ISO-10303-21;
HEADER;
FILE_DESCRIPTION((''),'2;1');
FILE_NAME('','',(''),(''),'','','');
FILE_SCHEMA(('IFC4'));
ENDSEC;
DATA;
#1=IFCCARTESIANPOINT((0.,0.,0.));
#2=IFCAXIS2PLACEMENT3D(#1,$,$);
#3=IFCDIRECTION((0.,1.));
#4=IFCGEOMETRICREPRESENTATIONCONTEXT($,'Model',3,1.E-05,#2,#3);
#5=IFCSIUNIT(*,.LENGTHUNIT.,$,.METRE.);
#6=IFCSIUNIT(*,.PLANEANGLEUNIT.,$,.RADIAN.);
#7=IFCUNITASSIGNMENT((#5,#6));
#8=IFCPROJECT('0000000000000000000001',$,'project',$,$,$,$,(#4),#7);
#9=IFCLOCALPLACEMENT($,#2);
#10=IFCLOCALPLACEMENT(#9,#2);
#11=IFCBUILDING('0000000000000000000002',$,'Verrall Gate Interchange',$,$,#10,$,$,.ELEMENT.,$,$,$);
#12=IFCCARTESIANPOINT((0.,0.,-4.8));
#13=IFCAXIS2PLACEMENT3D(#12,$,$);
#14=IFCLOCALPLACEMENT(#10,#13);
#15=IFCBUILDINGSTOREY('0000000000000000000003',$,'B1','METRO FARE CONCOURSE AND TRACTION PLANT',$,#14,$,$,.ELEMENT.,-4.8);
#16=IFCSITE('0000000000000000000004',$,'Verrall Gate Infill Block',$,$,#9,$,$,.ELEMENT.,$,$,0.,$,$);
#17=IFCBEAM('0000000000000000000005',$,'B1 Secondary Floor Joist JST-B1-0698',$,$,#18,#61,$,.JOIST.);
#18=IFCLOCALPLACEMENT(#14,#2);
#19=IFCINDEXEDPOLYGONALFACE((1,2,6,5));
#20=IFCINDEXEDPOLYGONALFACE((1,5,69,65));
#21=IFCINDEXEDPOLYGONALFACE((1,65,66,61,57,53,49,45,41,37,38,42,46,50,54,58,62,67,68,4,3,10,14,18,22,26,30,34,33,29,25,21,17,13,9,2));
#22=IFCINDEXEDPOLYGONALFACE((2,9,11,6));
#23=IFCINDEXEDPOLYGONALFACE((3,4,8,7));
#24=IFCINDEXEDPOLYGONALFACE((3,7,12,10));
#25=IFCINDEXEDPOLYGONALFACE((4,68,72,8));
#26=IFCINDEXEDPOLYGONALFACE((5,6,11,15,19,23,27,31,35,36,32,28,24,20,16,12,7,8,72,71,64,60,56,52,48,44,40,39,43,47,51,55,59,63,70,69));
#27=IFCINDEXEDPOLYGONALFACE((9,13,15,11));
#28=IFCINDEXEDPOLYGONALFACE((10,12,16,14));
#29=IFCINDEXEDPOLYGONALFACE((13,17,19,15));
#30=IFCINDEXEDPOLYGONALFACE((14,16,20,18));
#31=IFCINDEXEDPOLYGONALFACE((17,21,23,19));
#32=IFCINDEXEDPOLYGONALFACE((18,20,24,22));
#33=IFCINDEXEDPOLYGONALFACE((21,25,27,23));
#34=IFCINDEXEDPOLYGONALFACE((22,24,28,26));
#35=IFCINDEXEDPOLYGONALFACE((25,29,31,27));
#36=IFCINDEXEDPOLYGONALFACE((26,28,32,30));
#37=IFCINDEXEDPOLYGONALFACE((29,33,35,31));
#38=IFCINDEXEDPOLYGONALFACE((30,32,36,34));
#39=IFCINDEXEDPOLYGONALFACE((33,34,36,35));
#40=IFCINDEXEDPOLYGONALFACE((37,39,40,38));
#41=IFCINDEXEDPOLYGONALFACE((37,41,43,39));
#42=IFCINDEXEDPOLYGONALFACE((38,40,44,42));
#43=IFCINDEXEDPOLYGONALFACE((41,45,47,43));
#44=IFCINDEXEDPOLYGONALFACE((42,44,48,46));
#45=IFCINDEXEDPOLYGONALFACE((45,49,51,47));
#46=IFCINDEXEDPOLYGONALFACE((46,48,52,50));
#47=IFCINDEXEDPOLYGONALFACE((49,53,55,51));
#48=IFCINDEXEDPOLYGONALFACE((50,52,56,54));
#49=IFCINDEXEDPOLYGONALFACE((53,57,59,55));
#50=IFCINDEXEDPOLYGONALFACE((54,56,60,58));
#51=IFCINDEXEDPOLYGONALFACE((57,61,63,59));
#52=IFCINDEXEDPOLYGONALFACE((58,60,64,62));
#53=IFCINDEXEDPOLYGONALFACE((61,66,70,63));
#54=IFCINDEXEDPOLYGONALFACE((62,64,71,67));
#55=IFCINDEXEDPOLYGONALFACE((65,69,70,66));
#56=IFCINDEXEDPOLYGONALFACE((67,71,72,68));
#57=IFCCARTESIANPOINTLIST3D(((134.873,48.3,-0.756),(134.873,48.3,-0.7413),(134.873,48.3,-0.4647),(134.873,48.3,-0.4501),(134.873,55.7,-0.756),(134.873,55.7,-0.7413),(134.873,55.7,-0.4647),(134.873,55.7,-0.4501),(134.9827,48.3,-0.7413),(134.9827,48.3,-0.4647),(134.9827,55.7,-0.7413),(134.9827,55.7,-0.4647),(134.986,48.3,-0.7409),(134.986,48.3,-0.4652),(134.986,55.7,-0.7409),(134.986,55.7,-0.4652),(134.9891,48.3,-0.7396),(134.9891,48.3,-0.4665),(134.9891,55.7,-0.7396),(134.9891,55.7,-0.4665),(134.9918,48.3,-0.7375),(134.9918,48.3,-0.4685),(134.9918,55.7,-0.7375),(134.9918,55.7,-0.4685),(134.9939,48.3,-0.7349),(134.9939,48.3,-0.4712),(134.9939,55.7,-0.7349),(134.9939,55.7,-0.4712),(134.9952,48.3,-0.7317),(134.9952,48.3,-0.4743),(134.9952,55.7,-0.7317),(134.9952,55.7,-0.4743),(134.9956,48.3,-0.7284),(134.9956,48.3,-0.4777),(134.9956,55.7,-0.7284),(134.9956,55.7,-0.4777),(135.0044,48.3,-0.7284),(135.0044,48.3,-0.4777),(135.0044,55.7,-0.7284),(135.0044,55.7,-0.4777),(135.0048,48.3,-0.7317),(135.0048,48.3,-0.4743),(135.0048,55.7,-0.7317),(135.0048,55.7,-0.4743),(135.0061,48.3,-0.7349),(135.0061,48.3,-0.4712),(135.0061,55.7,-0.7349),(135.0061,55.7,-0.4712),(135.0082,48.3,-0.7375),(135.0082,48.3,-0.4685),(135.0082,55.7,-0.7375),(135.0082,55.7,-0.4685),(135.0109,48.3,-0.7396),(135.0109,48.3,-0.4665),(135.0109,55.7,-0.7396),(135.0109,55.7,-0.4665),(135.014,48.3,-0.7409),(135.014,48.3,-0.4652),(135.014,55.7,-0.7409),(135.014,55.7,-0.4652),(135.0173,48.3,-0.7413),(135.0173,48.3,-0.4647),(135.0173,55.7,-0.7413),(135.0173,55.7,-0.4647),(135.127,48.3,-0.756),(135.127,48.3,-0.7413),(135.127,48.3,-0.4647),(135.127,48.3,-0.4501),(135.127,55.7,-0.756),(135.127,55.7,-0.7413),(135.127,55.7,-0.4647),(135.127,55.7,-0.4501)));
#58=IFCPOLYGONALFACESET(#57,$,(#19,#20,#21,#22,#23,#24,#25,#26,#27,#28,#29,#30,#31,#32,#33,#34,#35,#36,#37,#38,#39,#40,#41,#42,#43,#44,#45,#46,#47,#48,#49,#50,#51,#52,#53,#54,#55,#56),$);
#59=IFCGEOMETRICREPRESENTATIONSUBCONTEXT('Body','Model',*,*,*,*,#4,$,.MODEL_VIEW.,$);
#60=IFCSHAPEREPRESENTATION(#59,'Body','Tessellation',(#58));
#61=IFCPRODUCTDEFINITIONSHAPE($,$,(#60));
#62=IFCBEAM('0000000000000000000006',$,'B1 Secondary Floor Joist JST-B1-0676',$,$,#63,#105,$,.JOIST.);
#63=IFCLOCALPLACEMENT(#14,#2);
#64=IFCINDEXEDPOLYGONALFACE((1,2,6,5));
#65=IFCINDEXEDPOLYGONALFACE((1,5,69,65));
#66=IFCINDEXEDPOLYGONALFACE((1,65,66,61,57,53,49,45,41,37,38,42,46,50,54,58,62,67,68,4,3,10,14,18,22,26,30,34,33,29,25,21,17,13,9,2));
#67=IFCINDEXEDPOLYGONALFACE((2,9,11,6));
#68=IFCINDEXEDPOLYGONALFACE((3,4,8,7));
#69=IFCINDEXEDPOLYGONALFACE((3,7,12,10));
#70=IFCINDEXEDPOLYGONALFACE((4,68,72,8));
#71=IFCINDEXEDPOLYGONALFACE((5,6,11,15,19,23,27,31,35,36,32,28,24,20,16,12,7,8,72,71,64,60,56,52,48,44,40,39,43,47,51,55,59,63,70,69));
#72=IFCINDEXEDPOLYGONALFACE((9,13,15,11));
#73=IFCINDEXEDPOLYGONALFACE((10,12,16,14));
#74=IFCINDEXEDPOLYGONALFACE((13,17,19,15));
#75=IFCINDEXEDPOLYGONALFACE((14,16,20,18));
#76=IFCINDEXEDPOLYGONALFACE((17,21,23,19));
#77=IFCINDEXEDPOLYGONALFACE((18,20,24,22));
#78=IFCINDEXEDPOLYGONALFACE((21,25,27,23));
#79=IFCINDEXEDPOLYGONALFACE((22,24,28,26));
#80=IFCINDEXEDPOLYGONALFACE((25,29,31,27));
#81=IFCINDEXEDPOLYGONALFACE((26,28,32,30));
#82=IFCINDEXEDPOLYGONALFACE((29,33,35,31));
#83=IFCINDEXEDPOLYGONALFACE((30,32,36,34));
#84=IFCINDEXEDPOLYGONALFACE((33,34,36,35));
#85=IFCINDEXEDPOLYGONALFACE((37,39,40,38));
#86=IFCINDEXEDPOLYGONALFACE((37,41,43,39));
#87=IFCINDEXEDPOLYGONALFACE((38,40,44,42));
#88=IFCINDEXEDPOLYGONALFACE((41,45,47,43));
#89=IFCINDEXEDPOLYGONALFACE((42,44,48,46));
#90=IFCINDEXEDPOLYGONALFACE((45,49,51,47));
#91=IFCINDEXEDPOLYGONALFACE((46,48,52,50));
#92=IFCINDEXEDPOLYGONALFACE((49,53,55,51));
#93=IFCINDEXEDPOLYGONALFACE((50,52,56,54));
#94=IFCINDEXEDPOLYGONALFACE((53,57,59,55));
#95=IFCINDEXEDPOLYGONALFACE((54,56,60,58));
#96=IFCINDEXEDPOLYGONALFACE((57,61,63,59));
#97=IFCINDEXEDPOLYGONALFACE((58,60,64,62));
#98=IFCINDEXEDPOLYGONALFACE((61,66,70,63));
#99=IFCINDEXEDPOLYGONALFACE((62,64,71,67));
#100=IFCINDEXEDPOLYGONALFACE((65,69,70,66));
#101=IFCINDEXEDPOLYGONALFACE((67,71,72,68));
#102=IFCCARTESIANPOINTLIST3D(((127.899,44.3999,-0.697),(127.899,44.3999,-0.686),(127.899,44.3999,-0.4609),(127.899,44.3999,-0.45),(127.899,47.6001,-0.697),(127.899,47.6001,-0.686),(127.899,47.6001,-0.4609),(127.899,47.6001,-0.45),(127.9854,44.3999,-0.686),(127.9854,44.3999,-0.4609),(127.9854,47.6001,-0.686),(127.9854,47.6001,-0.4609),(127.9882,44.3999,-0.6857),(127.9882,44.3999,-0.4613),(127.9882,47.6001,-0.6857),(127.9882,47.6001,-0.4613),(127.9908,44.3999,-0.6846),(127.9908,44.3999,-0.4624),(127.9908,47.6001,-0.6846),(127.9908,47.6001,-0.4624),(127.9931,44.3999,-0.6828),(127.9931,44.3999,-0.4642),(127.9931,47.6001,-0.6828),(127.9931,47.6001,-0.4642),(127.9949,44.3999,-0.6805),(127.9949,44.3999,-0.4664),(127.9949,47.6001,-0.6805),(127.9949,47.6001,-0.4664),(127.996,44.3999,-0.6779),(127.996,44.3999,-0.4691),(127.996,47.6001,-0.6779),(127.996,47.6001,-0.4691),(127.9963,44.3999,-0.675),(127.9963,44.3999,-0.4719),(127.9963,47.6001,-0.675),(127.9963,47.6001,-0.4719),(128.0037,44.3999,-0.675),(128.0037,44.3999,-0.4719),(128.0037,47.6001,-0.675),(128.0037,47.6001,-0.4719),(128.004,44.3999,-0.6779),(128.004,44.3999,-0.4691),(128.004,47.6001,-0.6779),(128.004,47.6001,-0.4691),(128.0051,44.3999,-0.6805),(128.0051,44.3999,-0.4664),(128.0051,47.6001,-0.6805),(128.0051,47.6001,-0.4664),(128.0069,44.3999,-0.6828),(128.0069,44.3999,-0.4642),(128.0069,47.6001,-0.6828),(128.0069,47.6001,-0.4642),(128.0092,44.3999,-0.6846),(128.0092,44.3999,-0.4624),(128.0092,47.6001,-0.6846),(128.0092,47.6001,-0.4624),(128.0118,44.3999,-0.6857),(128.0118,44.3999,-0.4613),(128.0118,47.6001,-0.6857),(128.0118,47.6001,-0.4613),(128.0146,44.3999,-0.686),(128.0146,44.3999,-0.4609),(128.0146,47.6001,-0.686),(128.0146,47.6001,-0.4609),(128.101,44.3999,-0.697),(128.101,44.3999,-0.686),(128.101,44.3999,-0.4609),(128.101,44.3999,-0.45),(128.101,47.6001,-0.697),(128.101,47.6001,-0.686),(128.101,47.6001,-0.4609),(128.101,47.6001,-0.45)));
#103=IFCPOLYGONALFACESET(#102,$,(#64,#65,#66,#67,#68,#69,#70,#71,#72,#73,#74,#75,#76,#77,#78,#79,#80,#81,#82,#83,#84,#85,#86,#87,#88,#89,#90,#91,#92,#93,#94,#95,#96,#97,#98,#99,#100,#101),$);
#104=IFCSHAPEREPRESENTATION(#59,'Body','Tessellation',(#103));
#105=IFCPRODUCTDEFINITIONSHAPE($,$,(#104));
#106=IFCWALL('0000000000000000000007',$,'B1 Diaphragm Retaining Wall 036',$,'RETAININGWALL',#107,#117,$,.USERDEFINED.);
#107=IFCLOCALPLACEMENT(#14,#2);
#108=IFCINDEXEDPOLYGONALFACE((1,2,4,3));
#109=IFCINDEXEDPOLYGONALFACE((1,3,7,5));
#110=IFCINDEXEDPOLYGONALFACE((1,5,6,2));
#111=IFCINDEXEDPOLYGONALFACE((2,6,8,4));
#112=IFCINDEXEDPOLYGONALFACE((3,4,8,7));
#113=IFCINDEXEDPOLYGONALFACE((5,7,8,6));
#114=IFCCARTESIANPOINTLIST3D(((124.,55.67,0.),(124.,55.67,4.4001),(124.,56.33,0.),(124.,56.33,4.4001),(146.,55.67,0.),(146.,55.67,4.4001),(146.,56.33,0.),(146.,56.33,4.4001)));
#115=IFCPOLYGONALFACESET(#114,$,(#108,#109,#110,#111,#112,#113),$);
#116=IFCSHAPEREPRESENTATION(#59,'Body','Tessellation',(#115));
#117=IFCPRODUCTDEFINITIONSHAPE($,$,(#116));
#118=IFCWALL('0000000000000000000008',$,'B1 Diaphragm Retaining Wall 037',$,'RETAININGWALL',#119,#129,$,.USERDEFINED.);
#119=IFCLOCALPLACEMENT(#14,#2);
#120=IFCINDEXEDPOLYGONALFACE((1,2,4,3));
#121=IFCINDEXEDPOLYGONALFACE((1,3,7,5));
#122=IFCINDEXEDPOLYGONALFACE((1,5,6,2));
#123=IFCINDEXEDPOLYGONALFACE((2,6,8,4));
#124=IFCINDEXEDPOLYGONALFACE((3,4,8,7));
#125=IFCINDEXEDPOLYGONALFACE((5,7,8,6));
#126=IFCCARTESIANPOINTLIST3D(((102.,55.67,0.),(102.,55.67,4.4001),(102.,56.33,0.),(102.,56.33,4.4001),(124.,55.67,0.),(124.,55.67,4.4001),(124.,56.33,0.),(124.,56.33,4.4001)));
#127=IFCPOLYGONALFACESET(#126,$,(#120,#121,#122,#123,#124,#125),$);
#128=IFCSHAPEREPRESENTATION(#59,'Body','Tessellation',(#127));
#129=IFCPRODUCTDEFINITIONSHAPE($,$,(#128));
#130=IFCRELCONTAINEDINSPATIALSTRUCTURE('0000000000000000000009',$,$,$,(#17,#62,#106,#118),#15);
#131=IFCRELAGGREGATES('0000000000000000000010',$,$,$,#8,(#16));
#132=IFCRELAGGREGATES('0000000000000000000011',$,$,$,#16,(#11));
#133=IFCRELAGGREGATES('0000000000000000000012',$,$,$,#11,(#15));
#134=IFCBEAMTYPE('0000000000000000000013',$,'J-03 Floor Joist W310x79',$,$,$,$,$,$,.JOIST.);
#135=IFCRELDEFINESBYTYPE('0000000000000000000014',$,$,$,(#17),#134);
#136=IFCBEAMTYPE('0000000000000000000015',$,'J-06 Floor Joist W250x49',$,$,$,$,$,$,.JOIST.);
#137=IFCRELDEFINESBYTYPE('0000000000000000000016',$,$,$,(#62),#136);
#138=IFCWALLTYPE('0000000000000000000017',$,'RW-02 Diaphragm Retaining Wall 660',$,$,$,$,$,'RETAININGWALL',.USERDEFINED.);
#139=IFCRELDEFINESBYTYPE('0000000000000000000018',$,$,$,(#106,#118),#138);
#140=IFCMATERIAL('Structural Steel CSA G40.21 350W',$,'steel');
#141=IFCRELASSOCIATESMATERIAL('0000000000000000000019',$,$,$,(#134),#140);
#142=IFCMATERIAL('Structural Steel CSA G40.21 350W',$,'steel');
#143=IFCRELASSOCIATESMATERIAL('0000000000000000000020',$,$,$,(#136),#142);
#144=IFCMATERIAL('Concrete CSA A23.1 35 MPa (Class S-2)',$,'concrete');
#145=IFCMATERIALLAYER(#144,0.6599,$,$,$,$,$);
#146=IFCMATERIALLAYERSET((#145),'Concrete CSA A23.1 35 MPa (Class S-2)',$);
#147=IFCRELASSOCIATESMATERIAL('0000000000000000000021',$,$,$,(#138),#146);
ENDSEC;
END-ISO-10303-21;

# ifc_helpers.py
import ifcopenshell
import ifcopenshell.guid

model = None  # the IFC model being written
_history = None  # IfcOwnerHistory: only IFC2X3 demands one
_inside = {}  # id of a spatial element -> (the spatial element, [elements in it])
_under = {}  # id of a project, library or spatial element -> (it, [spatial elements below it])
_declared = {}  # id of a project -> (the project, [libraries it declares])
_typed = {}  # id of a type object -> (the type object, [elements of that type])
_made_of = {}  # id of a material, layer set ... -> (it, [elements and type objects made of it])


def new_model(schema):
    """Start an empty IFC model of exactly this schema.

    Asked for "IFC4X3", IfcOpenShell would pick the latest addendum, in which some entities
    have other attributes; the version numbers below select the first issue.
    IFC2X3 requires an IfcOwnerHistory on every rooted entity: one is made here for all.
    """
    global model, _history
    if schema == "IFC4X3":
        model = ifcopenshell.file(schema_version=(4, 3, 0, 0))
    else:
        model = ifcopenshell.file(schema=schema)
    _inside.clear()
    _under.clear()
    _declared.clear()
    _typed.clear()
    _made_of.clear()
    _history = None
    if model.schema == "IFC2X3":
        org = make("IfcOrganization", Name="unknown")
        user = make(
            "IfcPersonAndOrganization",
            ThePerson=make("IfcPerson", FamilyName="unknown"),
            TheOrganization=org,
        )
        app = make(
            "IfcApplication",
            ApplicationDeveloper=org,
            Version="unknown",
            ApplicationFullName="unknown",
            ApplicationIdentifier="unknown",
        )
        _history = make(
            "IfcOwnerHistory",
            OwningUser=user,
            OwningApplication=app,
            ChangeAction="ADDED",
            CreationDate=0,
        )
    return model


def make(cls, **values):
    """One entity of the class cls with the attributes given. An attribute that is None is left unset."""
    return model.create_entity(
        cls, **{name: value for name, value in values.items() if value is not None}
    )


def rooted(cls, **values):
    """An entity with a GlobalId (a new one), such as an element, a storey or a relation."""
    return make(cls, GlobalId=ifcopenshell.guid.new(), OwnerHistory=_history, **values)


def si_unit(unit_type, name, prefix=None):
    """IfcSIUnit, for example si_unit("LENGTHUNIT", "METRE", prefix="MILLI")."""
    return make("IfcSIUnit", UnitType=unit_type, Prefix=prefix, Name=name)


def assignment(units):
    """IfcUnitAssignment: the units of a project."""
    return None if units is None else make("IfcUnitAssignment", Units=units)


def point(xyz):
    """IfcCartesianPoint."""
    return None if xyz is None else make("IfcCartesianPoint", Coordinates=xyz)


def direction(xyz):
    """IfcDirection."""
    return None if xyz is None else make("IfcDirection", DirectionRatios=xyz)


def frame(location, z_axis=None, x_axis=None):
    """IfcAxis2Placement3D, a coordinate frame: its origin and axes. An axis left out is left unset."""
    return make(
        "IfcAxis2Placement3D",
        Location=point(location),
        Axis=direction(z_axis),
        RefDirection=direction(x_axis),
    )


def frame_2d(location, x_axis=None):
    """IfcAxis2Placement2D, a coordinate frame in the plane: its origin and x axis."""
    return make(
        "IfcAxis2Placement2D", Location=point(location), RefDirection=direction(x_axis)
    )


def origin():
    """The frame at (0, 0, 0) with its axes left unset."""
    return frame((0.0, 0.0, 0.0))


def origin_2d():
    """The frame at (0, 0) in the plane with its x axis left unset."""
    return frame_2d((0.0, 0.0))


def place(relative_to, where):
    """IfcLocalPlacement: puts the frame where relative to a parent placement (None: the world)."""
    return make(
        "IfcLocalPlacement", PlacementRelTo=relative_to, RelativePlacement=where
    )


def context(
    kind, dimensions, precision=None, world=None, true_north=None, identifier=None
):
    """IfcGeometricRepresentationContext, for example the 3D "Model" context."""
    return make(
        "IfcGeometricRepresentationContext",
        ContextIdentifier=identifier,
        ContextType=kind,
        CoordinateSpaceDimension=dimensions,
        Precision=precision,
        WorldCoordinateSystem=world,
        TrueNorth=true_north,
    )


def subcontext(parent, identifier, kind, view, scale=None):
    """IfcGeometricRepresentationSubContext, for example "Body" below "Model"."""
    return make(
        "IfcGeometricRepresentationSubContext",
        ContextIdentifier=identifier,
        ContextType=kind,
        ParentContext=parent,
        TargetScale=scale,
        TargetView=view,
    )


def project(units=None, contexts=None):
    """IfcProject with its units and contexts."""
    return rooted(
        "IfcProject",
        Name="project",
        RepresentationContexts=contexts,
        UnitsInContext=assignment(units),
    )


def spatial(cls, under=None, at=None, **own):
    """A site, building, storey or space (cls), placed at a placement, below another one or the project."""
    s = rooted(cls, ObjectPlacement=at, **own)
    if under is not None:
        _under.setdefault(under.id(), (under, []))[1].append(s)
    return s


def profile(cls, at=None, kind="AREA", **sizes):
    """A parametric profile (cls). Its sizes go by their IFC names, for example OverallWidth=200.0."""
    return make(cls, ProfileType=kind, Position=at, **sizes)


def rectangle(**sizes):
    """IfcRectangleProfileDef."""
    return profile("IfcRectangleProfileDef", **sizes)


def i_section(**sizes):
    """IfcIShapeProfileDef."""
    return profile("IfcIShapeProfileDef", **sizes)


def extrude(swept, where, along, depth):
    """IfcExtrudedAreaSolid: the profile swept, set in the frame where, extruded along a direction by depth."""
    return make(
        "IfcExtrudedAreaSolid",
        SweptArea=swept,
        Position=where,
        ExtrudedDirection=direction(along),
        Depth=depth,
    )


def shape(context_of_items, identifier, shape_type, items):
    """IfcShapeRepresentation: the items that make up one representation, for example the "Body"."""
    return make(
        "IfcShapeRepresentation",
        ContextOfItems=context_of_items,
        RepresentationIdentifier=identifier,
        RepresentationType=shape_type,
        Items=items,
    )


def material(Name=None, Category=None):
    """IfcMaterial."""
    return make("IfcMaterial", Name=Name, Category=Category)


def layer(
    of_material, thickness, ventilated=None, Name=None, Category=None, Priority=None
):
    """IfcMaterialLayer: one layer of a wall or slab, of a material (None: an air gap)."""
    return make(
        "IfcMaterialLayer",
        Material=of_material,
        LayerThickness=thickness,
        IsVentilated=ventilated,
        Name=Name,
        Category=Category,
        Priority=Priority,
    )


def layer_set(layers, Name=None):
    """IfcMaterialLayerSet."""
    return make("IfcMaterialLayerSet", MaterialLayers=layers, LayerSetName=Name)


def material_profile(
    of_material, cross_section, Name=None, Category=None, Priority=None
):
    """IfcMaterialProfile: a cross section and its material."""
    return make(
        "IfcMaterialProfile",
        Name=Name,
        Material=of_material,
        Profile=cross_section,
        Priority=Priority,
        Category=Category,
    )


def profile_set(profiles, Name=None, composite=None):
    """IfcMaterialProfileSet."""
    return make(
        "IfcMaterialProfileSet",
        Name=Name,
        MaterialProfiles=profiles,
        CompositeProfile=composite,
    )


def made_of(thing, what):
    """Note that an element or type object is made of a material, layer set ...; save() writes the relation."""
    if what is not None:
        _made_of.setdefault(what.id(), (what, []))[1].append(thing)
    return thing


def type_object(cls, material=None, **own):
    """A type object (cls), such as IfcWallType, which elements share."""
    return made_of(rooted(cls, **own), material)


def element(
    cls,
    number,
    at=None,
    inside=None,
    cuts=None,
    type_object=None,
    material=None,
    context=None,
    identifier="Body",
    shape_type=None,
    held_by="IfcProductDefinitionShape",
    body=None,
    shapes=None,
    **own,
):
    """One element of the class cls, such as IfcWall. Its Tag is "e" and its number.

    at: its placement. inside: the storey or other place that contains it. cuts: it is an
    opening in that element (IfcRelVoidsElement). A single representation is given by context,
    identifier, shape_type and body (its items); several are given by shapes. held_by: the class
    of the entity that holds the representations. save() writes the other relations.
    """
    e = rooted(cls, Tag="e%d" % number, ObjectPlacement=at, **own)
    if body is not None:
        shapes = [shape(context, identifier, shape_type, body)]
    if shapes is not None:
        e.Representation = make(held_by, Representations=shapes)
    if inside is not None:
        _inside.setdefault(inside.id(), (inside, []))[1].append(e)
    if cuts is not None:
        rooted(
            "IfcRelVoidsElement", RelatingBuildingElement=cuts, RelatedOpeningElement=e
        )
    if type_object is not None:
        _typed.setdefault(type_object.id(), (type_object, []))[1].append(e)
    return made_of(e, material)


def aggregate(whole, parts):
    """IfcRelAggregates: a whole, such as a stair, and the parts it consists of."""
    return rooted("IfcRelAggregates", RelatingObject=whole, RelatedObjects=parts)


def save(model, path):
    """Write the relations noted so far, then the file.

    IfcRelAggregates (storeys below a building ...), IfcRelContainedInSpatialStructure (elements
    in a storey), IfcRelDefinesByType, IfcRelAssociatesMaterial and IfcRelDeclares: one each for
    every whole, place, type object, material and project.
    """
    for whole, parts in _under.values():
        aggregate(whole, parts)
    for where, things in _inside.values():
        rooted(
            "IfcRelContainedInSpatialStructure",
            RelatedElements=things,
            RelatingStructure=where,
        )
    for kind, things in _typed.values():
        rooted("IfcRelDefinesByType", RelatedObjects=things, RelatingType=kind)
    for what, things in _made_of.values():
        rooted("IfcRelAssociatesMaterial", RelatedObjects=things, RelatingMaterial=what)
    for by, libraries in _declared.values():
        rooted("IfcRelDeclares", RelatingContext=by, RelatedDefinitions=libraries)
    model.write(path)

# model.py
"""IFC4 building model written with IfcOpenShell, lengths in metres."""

from ifc_helpers import new_model, si_unit, direction, frame, frame_2d, origin, origin_2d, place, context, subcontext, project, spatial, rectangle, i_section, extrude, material, layer, layer_set, material_profile, profile_set, type_object, element, save


model = new_model("IFC4")

# Units and contexts
model_context = context("Model", 3, precision=1e-05, world=origin(), true_north=direction((0.0, 1.0)))
body_context = subcontext(model_context, "Body", "Model", "MODEL_VIEW")
ifc_project = project(units=[si_unit("LENGTHUNIT", "METRE"), si_unit("PLANEANGLEUNIT", "RADIAN")], contexts=[model_context])

# Site, building, storey
site_placement = place(None, origin())
site = spatial("IfcSite", under=ifc_project, at=site_placement, Name="Verrall Gate Infill Block", CompositionType="ELEMENT", RefElevation=0.0)
building_placement = place(site_placement, origin())
building = spatial("IfcBuilding", under=site, at=building_placement, Name="Verrall Gate Interchange", CompositionType="ELEMENT")
storey_placement = place(building_placement, frame((0.0, 0.0, -4.8)))
storey = spatial("IfcBuildingStorey", under=building, at=storey_placement, Name="B1", Description="METRO FARE CONCOURSE AND TRACTION PLANT", CompositionType="ELEMENT", Elevation=-4.8)

# Beams
ifc_material_1 = material(Name="Structural Steel CSA G40.21 350W", Category="steel")
ifc_material_profile_1 = material_profile(ifc_material_1, i_section(OverallWidth=0.2539, OverallDepth=0.3059, WebThickness=0.0088, FlangeThickness=0.0146, FilletRadius=0.0129, at=origin_2d()), Name="W310x79")
ifc_profile_set_1 = profile_set([ifc_material_profile_1], Name="Structural Steel CSA G40.21 350W")
beam_type_1 = type_object("IfcBeamType", Name="J-03 Floor Joist W310x79", PredefinedType="JOIST", material=ifc_profile_set_1)
beam_1_placement = place(storey_placement, frame((135.0, 48.3, -0.603), z_axis=(0.0, 1.0, 0.0), x_axis=(-1.0, 0.0, 0.0)))
element("IfcBeam", 1, at=beam_1_placement, inside=storey, type_object=beam_type_1, Name="B1 Secondary Floor Joist JST-B1-0698", PredefinedType="JOIST", context=body_context, shape_type="SweptSolid", body=[
    extrude(i_section(OverallWidth=0.2539, OverallDepth=0.3059, WebThickness=0.0088, FlangeThickness=0.0146, FilletRadius=0.0129, at=origin_2d()), origin(), (0.0, 0.0, 1.0), 7.3999),
])
ifc_material_2 = material(Name="Structural Steel CSA G40.21 350W", Category="steel")
ifc_material_profile_2 = material_profile(ifc_material_2, i_section(OverallWidth=0.2019, OverallDepth=0.2471, WebThickness=0.0073, FlangeThickness=0.011, FilletRadius=0.011, at=origin_2d()), Name="W250x49")
ifc_profile_set_2 = profile_set([ifc_material_profile_2], Name="Structural Steel CSA G40.21 350W")
beam_type_2 = type_object("IfcBeamType", Name="J-06 Floor Joist W250x49", PredefinedType="JOIST", material=ifc_profile_set_2)
beam_2_placement = place(storey_placement, frame((128.0, 44.3999, -0.5735), z_axis=(0.0, 1.0, 0.0), x_axis=(-1.0, 0.0, 0.0)))
element("IfcBeam", 2, at=beam_2_placement, inside=storey, type_object=beam_type_2, Name="B1 Secondary Floor Joist JST-B1-0676", PredefinedType="JOIST", context=body_context, shape_type="SweptSolid", body=[
    extrude(i_section(OverallWidth=0.2019, OverallDepth=0.2471, WebThickness=0.0073, FlangeThickness=0.011, FilletRadius=0.011, at=origin_2d()), origin(), (0.0, 0.0, 1.0), 3.2002),
])

# Walls
ifc_material_3 = material(Name="Concrete CSA A23.1 35 MPa (Class S-2)", Category="concrete")
ifc_layer = layer(ifc_material_3, 0.6599)
ifc_layer_set = layer_set([ifc_layer], Name="Concrete CSA A23.1 35 MPa (Class S-2)")
wall_type = type_object("IfcWallType", Name="RW-02 Diaphragm Retaining Wall 660", ElementType="RETAININGWALL", PredefinedType="USERDEFINED", material=ifc_layer_set)
for number, where, z_axis, x_axis, name in (
    (3, (146.0, 56.0, 0.0), (0.0, 0.0, 1.0), (-1.0, 0.0, 0.0), "B1 Diaphragm Retaining Wall 036"),
    (4, (124.0, 56.0, 0.0), (0.0, 0.0, 1.0), (-1.0, 0.0, 0.0), "B1 Diaphragm Retaining Wall 037"),
):
    element("IfcWall", number, at=place(storey_placement, frame(where, z_axis=z_axis, x_axis=x_axis)), inside=storey, type_object=wall_type, Name=name, ObjectType="RETAININGWALL", PredefinedType="USERDEFINED", context=body_context, shape_type="SweptSolid", body=[
        extrude(rectangle(XDim=22.0, YDim=0.6599, at=frame_2d((11.0, 0.0))), origin(), (0.0, 0.0, 1.0), 4.4001),
    ])

save(model, "model.ifc")
